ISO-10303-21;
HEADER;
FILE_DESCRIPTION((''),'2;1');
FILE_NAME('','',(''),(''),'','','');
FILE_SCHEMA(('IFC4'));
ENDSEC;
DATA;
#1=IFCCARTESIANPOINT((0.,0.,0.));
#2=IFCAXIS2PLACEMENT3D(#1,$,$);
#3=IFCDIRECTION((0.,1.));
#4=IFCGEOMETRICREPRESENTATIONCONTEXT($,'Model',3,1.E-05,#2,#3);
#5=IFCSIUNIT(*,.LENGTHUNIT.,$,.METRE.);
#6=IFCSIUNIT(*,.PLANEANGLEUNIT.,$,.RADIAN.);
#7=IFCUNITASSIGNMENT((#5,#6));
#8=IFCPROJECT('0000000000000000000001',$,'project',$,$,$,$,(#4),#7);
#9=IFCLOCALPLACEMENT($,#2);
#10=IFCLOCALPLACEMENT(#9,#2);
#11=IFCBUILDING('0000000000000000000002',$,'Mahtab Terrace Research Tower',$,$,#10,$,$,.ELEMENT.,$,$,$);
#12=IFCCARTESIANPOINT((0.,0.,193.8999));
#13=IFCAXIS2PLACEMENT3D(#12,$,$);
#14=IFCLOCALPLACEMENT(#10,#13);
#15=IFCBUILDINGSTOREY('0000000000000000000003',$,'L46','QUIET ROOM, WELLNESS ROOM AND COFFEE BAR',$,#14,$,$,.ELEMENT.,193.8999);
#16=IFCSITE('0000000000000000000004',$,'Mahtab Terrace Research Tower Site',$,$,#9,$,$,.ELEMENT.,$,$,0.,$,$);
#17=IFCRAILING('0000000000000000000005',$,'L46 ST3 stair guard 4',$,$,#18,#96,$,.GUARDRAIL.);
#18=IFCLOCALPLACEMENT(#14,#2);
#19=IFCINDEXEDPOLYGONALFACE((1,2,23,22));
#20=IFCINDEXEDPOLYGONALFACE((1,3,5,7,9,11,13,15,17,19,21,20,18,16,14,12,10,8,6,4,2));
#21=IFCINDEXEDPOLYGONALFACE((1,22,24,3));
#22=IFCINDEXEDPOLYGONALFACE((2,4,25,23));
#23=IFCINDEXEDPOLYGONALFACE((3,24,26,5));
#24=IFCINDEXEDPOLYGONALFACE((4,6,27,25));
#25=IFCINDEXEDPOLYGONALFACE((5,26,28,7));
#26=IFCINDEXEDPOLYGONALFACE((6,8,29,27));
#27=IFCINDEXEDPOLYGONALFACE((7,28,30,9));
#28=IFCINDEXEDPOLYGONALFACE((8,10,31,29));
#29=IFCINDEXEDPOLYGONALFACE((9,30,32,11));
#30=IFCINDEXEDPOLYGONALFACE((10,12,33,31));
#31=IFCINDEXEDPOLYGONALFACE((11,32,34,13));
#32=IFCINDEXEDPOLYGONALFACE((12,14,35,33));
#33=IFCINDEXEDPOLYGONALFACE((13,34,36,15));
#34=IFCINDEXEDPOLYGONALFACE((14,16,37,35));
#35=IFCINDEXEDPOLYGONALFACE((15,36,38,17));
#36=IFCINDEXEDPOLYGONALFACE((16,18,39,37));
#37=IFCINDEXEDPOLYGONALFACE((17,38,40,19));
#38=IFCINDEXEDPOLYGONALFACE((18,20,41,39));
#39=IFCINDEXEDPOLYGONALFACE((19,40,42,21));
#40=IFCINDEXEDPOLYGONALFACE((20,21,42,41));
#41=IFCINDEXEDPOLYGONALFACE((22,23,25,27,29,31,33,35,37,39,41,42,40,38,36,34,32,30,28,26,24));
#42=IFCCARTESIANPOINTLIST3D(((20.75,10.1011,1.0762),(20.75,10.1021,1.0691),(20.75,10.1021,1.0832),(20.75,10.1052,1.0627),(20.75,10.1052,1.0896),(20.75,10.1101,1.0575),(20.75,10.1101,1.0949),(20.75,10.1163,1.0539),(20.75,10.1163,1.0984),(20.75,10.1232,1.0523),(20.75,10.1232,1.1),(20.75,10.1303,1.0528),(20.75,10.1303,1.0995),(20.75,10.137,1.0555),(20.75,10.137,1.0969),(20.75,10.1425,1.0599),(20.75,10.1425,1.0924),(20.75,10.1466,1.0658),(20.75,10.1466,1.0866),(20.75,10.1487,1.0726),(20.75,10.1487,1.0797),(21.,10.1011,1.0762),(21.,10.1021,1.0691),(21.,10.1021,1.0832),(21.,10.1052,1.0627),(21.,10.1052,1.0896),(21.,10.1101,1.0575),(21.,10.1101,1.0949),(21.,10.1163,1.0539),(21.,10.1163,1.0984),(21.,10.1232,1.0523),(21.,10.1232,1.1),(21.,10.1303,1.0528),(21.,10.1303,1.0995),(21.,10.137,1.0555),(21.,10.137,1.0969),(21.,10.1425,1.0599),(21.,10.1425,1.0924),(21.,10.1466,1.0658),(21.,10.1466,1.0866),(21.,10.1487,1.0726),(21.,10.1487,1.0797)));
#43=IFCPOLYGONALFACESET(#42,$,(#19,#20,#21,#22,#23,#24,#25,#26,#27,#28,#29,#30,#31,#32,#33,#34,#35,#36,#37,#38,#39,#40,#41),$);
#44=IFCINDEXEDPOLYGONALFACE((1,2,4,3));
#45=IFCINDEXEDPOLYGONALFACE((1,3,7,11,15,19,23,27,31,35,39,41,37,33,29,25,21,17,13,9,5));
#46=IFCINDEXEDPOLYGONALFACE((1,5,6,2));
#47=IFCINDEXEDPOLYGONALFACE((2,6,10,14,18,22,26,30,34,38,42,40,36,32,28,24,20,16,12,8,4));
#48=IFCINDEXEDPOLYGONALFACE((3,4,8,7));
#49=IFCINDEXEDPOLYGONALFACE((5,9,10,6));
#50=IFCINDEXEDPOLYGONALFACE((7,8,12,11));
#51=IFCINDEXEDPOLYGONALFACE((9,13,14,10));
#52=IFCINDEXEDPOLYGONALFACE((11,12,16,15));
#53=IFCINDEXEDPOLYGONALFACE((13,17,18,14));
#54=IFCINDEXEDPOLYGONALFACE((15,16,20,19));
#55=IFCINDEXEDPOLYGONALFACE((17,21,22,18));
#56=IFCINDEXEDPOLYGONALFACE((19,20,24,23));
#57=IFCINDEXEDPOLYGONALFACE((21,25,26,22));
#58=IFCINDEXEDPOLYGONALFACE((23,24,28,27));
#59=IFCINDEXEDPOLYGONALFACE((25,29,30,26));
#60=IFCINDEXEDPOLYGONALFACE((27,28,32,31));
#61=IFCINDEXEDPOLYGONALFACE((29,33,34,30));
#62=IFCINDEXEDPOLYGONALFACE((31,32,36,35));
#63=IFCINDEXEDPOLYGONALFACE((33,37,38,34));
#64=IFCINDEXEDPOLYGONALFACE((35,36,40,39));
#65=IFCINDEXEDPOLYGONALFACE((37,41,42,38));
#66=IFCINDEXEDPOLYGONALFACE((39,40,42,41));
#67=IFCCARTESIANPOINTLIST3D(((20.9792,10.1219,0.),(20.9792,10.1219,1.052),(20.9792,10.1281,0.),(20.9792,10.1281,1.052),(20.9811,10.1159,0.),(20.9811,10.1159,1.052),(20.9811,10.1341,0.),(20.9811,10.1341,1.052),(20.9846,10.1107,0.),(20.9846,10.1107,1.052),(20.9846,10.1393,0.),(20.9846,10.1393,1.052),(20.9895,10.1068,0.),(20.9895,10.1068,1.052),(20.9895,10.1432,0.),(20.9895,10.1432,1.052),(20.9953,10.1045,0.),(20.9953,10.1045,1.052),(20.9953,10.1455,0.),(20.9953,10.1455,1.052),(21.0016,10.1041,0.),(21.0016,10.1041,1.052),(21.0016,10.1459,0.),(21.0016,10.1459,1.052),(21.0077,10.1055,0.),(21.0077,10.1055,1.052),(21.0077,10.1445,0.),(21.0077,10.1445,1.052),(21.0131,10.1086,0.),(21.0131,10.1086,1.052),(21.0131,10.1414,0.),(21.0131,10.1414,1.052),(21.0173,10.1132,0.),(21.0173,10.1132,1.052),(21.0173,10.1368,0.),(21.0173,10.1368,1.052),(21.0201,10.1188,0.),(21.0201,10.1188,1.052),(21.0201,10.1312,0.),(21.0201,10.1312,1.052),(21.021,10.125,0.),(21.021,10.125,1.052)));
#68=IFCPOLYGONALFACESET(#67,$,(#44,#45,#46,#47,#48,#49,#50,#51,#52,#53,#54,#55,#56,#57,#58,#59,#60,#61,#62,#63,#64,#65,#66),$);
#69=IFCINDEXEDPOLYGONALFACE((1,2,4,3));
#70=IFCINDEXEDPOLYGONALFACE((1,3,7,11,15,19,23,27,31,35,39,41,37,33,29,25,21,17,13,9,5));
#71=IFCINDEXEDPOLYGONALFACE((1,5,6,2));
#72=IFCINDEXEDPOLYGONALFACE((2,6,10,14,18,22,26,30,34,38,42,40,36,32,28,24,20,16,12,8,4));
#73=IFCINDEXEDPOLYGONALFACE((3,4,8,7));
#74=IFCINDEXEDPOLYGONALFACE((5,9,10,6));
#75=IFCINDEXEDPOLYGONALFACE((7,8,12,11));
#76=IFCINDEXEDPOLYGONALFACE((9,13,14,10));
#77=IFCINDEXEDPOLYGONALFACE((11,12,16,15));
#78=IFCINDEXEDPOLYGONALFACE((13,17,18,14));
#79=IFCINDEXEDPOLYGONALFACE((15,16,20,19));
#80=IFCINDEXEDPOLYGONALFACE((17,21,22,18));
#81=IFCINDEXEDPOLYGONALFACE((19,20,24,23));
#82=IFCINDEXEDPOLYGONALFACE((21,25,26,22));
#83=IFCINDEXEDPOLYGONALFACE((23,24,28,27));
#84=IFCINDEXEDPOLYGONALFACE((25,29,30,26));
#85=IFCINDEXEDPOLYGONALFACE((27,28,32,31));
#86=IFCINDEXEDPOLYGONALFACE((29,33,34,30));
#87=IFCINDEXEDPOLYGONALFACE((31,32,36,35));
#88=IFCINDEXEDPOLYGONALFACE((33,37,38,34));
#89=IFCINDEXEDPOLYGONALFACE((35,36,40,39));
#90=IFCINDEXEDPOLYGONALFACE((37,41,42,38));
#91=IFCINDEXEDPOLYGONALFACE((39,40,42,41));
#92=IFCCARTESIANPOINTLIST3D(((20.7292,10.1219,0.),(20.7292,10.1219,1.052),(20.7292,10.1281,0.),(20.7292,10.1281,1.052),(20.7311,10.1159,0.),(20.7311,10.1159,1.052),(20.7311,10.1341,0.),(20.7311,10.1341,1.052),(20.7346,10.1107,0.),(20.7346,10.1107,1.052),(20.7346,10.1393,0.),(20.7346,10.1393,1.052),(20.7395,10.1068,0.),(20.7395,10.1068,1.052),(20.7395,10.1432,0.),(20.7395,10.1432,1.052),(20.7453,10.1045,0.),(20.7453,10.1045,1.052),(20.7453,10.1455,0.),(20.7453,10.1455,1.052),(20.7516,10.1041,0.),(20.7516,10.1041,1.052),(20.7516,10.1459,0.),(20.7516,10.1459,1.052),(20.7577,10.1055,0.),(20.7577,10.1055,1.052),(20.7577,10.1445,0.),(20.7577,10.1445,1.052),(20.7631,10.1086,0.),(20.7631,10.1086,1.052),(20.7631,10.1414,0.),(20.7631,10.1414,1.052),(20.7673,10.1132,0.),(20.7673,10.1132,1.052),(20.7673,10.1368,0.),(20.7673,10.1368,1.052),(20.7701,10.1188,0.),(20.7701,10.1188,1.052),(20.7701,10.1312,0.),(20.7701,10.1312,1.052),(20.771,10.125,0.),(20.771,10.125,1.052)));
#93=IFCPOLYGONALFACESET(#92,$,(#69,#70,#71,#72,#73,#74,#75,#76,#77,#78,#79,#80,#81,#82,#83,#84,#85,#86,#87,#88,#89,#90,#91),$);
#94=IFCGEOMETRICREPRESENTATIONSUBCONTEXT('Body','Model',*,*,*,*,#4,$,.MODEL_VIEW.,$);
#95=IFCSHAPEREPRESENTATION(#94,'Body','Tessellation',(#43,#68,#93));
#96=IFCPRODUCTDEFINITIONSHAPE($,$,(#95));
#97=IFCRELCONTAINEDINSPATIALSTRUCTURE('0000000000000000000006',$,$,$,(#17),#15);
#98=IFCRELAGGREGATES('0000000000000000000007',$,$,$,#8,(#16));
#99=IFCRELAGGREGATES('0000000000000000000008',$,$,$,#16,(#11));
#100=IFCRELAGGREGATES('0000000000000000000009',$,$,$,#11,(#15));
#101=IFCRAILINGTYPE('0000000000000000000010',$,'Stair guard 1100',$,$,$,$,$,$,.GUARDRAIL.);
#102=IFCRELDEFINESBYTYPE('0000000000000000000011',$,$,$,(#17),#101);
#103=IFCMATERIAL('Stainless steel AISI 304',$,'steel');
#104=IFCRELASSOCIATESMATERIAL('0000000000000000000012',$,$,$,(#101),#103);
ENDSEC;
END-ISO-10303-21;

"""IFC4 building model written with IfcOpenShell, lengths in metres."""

from ifc_helpers import new_model, si_unit, direction, frame, origin, origin_2d, place, context, subcontext, project, spatial, circle, extrude, material, type_object, element, save


model = new_model("IFC4")

# Units and contexts
model_context = context("Model", 3, precision=1e-05, world=origin(), true_north=direction((0.0, 1.0)))
body_context = subcontext(model_context, "Body", "Model", "MODEL_VIEW")
ifc_project = project(units=[si_unit("LENGTHUNIT", "METRE"), si_unit("PLANEANGLEUNIT", "RADIAN")], contexts=[model_context])

# Site, building, storey
site_placement = place(None, origin())
site = spatial("IfcSite", under=ifc_project, at=site_placement, Name="Mahtab Terrace Research Tower Site", CompositionType="ELEMENT", RefElevation=0.0)
building_placement = place(site_placement, origin())
building = spatial("IfcBuilding", under=site, at=building_placement, Name="Mahtab Terrace Research Tower", CompositionType="ELEMENT")
storey_placement = place(building_placement, frame((0.0, 0.0, 193.8999)))
storey = spatial("IfcBuildingStorey", under=building, at=storey_placement, Name="L46", Description="QUIET ROOM, WELLNESS ROOM AND COFFEE BAR", CompositionType="ELEMENT", Elevation=193.8999)

# Shared definitions
ifc_material_1 = material(Name="Stainless steel AISI 304", Category="steel")

# Railing
railing_type_1 = type_object("IfcRailingType", Name="Stair guard 1100", PredefinedType="GUARDRAIL", material=ifc_material_1)
railing_1_placement = place(storey_placement, frame((21.0, 10.125, 0.0)))
element("IfcRailing", 1, at=railing_1_placement, inside=storey, type_object=railing_type_1, Name="L46 ST3 stair guard 4", PredefinedType="GUARDRAIL", context=body_context, shape_type="SweptSolid", body=[
    extrude(circle(Radius=0.0239, at=origin_2d()), frame((0.0, 0.0, 1.0762), z_axis=(-1.0, 0.0, 0.0), x_axis=(0.0, -1.0, 0.0)), (0.0, 0.0, 1.0), 0.25),
    extrude(circle(Radius=0.021, at=origin_2d()), origin(), (0.0, 0.0, 1.0), 1.052),
    extrude(circle(Radius=0.021, at=origin_2d()), frame((-0.25, 0.0, 0.0)), (0.0, 0.0, 1.0), 1.052),
])

save(model, "model.ifc")
